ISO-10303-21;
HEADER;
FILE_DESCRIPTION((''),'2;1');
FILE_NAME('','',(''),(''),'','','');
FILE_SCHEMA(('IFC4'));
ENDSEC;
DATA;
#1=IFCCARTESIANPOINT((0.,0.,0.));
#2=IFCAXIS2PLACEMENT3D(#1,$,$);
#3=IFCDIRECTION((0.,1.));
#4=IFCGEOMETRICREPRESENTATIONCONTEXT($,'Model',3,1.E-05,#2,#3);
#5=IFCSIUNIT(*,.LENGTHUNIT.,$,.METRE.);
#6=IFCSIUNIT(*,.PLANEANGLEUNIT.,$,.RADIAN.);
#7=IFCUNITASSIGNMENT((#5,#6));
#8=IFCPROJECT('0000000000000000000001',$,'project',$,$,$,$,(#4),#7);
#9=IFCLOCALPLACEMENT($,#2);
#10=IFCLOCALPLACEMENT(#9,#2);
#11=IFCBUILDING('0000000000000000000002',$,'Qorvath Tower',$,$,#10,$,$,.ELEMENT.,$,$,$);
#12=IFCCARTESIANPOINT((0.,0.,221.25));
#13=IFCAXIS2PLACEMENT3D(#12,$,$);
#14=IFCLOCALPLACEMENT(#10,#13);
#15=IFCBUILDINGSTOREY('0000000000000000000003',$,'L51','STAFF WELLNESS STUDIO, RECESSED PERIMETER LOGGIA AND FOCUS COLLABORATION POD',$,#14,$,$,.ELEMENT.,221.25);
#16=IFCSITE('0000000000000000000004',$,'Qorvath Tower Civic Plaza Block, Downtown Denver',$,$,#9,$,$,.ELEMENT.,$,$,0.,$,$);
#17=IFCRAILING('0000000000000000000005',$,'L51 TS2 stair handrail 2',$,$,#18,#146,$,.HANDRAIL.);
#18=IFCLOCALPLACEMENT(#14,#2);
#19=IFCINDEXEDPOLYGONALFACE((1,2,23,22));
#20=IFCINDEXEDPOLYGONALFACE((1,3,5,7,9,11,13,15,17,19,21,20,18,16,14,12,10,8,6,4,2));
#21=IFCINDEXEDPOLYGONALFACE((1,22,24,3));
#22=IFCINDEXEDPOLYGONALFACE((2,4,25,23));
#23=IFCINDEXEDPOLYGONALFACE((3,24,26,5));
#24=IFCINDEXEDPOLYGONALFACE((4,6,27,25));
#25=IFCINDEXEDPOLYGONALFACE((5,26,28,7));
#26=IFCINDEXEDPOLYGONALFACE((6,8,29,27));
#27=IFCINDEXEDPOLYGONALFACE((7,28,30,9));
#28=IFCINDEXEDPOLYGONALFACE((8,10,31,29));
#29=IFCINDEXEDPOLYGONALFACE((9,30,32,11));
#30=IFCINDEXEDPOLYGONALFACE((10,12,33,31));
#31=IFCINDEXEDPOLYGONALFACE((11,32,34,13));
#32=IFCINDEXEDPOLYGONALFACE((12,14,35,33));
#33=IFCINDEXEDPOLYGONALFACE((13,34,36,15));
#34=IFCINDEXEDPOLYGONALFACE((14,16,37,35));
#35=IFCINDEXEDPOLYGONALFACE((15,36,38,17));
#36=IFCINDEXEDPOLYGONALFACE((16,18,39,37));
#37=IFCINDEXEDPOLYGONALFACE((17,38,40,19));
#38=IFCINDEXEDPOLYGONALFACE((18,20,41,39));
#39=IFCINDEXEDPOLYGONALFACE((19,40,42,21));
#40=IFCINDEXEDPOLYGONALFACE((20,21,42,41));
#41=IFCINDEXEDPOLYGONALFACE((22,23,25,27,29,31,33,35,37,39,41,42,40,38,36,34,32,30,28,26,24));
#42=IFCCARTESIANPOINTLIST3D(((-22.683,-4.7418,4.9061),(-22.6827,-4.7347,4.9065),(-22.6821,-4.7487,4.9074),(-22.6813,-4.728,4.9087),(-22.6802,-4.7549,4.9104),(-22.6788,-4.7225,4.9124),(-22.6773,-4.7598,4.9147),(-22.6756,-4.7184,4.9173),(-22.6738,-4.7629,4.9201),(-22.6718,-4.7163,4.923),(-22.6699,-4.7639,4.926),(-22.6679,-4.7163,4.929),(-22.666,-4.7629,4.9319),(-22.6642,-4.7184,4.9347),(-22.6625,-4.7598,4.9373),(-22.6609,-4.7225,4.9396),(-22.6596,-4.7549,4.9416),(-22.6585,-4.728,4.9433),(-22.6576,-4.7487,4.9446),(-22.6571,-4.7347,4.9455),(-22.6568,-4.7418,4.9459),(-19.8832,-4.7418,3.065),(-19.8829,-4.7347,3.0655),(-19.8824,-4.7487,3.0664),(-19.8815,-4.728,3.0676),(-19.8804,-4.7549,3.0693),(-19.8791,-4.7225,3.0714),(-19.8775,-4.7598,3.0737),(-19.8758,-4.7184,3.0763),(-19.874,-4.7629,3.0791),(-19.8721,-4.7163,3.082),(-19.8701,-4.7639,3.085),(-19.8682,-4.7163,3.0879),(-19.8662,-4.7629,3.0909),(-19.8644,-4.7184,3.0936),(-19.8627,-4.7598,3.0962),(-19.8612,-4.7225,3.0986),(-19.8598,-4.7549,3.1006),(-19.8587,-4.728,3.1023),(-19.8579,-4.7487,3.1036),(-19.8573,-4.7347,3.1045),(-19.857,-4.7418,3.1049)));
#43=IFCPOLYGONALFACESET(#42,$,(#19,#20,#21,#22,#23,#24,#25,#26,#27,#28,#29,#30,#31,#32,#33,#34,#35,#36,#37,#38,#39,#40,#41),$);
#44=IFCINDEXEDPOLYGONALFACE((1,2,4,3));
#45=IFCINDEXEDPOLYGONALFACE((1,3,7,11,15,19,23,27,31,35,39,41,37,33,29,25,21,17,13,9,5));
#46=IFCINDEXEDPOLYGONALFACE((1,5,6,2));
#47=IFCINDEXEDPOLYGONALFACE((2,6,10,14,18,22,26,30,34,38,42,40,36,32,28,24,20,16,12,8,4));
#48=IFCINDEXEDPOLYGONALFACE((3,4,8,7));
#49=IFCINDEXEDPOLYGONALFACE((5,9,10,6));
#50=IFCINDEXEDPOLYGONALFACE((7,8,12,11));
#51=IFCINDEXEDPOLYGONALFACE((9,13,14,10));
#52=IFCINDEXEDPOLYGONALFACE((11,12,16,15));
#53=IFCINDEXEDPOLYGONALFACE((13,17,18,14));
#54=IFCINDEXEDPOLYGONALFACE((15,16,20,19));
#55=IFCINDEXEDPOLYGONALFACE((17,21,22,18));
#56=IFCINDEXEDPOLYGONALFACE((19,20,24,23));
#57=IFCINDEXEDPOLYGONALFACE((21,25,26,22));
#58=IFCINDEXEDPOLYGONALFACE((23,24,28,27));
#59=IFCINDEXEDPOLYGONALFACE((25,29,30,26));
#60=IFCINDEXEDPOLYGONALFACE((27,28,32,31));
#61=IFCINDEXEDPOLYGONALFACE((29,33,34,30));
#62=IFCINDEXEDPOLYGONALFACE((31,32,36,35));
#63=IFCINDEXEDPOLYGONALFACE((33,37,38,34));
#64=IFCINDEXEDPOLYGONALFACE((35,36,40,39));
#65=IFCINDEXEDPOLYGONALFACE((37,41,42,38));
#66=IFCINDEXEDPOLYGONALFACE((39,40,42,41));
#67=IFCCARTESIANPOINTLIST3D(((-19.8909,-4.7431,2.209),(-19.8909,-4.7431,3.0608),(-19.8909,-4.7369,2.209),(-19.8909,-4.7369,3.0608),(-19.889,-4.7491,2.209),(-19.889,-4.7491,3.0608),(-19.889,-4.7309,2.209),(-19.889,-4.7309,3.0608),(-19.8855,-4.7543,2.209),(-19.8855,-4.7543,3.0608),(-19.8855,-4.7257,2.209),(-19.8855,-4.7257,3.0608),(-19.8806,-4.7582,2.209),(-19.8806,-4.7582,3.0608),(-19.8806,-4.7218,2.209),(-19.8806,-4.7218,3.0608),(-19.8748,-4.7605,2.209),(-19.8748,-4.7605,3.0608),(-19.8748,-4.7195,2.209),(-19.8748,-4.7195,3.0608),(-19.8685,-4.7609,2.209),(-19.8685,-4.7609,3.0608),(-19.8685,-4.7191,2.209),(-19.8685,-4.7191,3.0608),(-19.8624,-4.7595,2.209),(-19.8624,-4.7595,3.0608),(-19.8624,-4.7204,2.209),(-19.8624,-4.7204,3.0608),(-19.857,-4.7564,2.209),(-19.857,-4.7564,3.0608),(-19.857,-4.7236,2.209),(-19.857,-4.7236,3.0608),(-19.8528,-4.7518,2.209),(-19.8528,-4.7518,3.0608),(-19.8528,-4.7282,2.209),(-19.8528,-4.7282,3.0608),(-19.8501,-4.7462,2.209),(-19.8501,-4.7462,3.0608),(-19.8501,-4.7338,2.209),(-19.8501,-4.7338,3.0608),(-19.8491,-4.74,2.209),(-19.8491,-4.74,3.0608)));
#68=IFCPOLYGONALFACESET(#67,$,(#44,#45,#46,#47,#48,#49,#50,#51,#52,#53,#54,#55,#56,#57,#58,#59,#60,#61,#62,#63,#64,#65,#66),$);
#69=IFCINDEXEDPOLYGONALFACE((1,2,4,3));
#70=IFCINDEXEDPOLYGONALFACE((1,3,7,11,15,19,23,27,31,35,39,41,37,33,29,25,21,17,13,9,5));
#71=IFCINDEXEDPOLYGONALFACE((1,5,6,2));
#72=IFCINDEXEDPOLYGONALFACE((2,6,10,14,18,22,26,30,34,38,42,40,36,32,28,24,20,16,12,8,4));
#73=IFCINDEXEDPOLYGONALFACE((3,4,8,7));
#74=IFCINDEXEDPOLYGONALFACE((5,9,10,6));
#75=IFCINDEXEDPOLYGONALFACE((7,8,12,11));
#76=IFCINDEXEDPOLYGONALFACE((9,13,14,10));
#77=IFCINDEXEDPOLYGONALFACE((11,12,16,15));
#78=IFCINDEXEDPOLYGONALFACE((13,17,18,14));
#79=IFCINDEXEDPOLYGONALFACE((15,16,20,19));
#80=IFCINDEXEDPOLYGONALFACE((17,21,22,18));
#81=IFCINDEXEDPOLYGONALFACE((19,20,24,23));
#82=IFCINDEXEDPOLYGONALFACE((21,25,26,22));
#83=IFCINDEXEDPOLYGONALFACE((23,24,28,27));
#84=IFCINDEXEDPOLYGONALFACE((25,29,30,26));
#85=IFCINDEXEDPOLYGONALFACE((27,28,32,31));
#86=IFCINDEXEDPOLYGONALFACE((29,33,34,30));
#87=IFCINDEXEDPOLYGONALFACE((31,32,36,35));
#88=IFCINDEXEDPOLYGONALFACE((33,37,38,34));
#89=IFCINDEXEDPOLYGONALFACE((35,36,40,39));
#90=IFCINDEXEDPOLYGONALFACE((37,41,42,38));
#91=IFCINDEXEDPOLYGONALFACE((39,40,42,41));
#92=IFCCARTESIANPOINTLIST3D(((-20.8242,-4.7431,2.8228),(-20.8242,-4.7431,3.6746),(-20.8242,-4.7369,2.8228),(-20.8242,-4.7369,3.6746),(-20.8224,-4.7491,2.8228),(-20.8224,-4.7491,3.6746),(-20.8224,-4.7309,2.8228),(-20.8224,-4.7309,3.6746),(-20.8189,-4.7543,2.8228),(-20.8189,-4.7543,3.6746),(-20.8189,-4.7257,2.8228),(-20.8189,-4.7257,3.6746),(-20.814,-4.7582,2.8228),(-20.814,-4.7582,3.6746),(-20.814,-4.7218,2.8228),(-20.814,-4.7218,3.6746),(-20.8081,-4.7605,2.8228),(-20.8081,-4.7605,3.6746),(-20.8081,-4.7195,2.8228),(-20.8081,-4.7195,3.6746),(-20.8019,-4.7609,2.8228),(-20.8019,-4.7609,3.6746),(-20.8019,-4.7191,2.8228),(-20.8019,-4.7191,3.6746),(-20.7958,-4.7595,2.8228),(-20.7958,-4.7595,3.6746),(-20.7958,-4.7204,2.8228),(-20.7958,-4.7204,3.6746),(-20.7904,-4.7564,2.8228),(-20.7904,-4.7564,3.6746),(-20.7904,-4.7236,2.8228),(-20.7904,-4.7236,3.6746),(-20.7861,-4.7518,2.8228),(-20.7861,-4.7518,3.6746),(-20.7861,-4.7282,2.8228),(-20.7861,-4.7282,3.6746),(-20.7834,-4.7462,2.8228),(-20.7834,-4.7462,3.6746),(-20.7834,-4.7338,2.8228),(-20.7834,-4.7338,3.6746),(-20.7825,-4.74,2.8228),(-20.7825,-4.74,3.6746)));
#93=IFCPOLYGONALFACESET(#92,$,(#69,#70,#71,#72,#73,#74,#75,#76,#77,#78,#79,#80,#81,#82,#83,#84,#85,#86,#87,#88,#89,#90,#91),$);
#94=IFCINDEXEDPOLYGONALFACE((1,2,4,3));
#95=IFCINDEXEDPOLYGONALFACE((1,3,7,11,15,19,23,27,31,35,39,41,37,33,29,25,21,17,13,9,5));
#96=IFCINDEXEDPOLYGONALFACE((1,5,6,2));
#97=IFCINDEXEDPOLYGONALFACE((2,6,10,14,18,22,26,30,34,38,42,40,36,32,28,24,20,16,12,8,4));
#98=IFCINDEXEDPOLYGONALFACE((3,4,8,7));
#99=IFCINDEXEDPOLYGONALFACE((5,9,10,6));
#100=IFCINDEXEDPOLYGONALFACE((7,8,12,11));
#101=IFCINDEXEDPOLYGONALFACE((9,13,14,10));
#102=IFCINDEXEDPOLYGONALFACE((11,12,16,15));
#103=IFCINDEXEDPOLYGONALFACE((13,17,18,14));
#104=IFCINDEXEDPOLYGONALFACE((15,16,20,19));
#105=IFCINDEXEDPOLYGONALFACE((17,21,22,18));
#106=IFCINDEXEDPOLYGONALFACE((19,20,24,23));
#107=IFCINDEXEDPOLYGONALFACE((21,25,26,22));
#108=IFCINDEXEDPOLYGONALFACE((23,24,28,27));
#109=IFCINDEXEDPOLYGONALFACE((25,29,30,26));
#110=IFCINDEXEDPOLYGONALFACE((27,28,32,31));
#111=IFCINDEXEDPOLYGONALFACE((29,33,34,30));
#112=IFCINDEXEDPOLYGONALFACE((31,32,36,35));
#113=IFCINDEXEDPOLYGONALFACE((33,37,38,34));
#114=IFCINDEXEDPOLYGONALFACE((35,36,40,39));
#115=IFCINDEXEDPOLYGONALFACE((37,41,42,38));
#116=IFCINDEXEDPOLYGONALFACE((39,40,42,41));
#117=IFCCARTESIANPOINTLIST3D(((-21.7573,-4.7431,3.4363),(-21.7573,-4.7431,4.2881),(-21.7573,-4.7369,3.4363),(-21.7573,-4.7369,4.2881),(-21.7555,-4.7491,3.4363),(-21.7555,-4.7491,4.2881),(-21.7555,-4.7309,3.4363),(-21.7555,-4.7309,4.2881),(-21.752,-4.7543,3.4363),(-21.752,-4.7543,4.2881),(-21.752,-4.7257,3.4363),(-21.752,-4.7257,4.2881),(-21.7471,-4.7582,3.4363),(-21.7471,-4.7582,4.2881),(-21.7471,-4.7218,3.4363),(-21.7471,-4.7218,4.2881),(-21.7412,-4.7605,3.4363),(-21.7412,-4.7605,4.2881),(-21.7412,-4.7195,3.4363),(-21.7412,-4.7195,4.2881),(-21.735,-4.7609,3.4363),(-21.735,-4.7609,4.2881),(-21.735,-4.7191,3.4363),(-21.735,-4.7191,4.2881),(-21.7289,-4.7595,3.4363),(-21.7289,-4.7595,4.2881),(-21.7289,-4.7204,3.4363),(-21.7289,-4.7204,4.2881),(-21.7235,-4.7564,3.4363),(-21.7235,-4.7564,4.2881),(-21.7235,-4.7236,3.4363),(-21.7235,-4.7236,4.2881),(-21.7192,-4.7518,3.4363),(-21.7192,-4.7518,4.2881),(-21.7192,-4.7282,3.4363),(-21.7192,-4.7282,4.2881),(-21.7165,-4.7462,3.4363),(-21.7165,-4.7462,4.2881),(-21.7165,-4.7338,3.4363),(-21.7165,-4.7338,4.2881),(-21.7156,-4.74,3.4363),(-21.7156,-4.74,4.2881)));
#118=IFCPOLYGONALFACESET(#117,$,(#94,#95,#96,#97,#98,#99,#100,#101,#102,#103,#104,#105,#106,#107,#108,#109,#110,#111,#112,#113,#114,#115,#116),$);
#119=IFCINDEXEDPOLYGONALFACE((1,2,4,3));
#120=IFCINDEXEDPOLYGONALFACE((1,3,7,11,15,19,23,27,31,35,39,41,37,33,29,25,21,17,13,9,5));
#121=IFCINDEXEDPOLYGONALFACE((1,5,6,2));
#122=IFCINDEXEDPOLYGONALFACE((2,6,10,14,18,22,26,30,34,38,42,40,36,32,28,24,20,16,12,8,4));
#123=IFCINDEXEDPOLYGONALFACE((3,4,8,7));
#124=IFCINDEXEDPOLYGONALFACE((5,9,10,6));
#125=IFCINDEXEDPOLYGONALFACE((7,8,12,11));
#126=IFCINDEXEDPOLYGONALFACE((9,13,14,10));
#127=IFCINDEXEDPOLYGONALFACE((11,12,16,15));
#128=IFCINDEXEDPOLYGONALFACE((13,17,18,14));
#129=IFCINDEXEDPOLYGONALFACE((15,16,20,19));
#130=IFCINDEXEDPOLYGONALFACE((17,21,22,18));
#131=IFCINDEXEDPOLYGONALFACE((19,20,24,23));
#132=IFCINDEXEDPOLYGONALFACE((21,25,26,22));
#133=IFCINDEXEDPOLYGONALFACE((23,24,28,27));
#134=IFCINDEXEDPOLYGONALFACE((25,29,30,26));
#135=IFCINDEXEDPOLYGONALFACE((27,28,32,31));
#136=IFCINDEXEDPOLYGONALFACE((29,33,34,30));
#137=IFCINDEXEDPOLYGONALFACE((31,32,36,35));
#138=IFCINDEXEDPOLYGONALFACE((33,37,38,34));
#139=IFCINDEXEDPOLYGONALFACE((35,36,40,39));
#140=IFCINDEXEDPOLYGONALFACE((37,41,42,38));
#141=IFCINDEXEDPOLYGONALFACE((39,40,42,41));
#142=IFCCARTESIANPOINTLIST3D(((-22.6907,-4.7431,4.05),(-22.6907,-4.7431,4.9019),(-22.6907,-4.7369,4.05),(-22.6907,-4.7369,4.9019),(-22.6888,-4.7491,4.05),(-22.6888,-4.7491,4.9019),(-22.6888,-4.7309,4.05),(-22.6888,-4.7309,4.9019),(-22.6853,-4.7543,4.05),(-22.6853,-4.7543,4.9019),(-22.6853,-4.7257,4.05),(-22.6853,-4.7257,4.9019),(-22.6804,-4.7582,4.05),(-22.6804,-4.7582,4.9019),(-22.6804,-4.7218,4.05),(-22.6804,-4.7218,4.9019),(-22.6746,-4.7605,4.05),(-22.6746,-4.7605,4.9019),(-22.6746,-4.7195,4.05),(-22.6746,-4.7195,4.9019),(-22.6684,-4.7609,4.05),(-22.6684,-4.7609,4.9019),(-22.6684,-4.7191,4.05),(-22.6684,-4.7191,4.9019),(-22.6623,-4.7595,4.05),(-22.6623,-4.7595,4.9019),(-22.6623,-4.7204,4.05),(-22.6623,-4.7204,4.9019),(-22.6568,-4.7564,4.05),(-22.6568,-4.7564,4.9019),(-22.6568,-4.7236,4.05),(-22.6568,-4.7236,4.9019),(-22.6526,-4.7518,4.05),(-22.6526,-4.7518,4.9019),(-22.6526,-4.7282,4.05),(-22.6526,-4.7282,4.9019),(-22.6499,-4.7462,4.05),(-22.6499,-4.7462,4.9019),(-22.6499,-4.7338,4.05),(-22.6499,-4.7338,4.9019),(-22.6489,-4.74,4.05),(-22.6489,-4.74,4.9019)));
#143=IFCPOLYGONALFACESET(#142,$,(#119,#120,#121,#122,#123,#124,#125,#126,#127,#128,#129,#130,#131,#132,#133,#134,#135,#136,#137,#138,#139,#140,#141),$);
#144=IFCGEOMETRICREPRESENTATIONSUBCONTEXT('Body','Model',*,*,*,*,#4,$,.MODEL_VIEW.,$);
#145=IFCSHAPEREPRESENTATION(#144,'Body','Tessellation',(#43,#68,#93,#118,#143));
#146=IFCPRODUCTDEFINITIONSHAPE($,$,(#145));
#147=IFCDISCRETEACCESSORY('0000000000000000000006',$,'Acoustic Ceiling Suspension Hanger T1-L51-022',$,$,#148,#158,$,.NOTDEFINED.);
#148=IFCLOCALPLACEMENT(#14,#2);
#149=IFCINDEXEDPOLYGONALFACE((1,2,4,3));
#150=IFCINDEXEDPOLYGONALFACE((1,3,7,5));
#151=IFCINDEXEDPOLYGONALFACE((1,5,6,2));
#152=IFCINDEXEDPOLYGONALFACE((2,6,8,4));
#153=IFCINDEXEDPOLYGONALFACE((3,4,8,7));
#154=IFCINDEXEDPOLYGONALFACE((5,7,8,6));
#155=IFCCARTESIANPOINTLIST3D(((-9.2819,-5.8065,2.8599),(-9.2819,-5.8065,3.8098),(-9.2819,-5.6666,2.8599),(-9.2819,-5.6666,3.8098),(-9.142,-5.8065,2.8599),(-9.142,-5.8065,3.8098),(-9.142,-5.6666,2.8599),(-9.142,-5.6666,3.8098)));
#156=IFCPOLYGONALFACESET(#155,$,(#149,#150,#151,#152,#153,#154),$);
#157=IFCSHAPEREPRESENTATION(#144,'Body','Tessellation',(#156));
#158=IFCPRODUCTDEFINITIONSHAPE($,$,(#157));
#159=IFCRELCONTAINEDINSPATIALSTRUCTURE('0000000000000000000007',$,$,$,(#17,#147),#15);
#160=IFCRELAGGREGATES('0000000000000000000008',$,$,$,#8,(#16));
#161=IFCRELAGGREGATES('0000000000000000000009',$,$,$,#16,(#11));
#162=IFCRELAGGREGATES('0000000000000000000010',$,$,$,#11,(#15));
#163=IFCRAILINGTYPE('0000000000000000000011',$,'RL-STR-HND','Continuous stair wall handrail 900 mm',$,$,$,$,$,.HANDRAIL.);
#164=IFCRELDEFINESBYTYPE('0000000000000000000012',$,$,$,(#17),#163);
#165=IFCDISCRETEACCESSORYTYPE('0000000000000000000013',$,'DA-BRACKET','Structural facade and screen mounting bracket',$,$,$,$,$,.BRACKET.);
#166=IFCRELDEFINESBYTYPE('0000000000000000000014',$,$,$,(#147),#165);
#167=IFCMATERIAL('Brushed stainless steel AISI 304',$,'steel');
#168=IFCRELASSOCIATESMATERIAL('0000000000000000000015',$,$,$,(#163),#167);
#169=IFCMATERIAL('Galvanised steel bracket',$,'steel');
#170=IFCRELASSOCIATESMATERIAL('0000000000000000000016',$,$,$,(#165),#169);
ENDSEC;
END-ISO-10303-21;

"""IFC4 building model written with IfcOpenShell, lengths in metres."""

from ifc_helpers import new_model, si_unit, direction, frame, origin, origin_2d, place, context, subcontext, project, spatial, rectangle, circle, extrude, material, type_object, element, save


model = new_model("IFC4")

# Units and contexts
model_context = context("Model", 3, precision=1e-05, world=origin(), true_north=direction((0.0, 1.0)))
body_context = subcontext(model_context, "Body", "Model", "MODEL_VIEW")
ifc_project = project(units=[si_unit("LENGTHUNIT", "METRE"), si_unit("PLANEANGLEUNIT", "RADIAN")], contexts=[model_context])

# Site, building, storey
site_placement = place(None, origin())
site = spatial("IfcSite", under=ifc_project, at=site_placement, Name="Qorvath Tower Civic Plaza Block, Downtown Denver", CompositionType="ELEMENT", RefElevation=0.0)
building_placement = place(site_placement, origin())
building = spatial("IfcBuilding", under=site, at=building_placement, Name="Qorvath Tower", CompositionType="ELEMENT")
storey_placement = place(building_placement, frame((0.0, 0.0, 221.25)))
storey = spatial("IfcBuildingStorey", under=building, at=storey_placement, Name="L51", Description="STAFF WELLNESS STUDIO, RECESSED PERIMETER LOGGIA AND FOCUS COLLABORATION POD", CompositionType="ELEMENT", Elevation=221.25)

# Railing
ifc_material_1 = material(Name="Brushed stainless steel AISI 304", Category="steel")
railing_type_1 = type_object("IfcRailingType", Name="RL-STR-HND", Description="Continuous stair wall handrail 900 mm", PredefinedType="HANDRAIL", material=ifc_material_1)
railing_1_placement = place(storey_placement, frame((-19.8701, -4.74, 2.209)))
element("IfcRailing", 1, at=railing_1_placement, inside=storey, type_object=railing_type_1, Name="L51 TS2 stair handrail 2", PredefinedType="HANDRAIL", context=body_context, shape_type="SweptSolid", body=[
    extrude(circle(Radius=0.0239, at=origin_2d()), frame((0.0, 0.0, 0.876), z_axis=(-0.835542, 0.0, 0.549426), x_axis=(0.0, -1.0, 0.0)), (0.0, 0.0, 1.0), 3.3508),
    extrude(circle(Radius=0.021, at=origin_2d()), origin(), (0.0, 0.0, 1.0), 0.8518),
    extrude(circle(Radius=0.021, at=origin_2d()), frame((-0.9333, 0.0, 0.6138)), (0.0, 0.0, 1.0), 0.8518),
    extrude(circle(Radius=0.021, at=origin_2d()), frame((-1.8665, 0.0, 1.2273)), (0.0, 0.0, 1.0), 0.8518),
    extrude(circle(Radius=0.021, at=origin_2d()), frame((-2.7998, 0.0, 1.8411)), (0.0, 0.0, 1.0), 0.8518),
])

# Discrete accessory
ifc_material_2 = material(Name="Galvanised steel bracket", Category="steel")
discrete_accessory_type = type_object("IfcDiscreteAccessoryType", Name="DA-BRACKET", Description="Structural facade and screen mounting bracket", PredefinedType="BRACKET", material=ifc_material_2)
discrete_accessory_placement = place(storey_placement, frame((-9.2119, -5.7366, 2.8599), z_axis=(0.0, 0.0, 1.0), x_axis=(1.0, 0.0, 0.0)))
element("IfcDiscreteAccessory", 2, at=discrete_accessory_placement, inside=storey, type_object=discrete_accessory_type, Name="Acoustic Ceiling Suspension Hanger T1-L51-022", PredefinedType="NOTDEFINED", context=body_context, shape_type="SweptSolid", body=[
    extrude(rectangle(XDim=0.1399, YDim=0.1399, at=origin_2d()), origin(), (0.0, 0.0, 1.0), 0.95),
])

save(model, "model.ifc")
